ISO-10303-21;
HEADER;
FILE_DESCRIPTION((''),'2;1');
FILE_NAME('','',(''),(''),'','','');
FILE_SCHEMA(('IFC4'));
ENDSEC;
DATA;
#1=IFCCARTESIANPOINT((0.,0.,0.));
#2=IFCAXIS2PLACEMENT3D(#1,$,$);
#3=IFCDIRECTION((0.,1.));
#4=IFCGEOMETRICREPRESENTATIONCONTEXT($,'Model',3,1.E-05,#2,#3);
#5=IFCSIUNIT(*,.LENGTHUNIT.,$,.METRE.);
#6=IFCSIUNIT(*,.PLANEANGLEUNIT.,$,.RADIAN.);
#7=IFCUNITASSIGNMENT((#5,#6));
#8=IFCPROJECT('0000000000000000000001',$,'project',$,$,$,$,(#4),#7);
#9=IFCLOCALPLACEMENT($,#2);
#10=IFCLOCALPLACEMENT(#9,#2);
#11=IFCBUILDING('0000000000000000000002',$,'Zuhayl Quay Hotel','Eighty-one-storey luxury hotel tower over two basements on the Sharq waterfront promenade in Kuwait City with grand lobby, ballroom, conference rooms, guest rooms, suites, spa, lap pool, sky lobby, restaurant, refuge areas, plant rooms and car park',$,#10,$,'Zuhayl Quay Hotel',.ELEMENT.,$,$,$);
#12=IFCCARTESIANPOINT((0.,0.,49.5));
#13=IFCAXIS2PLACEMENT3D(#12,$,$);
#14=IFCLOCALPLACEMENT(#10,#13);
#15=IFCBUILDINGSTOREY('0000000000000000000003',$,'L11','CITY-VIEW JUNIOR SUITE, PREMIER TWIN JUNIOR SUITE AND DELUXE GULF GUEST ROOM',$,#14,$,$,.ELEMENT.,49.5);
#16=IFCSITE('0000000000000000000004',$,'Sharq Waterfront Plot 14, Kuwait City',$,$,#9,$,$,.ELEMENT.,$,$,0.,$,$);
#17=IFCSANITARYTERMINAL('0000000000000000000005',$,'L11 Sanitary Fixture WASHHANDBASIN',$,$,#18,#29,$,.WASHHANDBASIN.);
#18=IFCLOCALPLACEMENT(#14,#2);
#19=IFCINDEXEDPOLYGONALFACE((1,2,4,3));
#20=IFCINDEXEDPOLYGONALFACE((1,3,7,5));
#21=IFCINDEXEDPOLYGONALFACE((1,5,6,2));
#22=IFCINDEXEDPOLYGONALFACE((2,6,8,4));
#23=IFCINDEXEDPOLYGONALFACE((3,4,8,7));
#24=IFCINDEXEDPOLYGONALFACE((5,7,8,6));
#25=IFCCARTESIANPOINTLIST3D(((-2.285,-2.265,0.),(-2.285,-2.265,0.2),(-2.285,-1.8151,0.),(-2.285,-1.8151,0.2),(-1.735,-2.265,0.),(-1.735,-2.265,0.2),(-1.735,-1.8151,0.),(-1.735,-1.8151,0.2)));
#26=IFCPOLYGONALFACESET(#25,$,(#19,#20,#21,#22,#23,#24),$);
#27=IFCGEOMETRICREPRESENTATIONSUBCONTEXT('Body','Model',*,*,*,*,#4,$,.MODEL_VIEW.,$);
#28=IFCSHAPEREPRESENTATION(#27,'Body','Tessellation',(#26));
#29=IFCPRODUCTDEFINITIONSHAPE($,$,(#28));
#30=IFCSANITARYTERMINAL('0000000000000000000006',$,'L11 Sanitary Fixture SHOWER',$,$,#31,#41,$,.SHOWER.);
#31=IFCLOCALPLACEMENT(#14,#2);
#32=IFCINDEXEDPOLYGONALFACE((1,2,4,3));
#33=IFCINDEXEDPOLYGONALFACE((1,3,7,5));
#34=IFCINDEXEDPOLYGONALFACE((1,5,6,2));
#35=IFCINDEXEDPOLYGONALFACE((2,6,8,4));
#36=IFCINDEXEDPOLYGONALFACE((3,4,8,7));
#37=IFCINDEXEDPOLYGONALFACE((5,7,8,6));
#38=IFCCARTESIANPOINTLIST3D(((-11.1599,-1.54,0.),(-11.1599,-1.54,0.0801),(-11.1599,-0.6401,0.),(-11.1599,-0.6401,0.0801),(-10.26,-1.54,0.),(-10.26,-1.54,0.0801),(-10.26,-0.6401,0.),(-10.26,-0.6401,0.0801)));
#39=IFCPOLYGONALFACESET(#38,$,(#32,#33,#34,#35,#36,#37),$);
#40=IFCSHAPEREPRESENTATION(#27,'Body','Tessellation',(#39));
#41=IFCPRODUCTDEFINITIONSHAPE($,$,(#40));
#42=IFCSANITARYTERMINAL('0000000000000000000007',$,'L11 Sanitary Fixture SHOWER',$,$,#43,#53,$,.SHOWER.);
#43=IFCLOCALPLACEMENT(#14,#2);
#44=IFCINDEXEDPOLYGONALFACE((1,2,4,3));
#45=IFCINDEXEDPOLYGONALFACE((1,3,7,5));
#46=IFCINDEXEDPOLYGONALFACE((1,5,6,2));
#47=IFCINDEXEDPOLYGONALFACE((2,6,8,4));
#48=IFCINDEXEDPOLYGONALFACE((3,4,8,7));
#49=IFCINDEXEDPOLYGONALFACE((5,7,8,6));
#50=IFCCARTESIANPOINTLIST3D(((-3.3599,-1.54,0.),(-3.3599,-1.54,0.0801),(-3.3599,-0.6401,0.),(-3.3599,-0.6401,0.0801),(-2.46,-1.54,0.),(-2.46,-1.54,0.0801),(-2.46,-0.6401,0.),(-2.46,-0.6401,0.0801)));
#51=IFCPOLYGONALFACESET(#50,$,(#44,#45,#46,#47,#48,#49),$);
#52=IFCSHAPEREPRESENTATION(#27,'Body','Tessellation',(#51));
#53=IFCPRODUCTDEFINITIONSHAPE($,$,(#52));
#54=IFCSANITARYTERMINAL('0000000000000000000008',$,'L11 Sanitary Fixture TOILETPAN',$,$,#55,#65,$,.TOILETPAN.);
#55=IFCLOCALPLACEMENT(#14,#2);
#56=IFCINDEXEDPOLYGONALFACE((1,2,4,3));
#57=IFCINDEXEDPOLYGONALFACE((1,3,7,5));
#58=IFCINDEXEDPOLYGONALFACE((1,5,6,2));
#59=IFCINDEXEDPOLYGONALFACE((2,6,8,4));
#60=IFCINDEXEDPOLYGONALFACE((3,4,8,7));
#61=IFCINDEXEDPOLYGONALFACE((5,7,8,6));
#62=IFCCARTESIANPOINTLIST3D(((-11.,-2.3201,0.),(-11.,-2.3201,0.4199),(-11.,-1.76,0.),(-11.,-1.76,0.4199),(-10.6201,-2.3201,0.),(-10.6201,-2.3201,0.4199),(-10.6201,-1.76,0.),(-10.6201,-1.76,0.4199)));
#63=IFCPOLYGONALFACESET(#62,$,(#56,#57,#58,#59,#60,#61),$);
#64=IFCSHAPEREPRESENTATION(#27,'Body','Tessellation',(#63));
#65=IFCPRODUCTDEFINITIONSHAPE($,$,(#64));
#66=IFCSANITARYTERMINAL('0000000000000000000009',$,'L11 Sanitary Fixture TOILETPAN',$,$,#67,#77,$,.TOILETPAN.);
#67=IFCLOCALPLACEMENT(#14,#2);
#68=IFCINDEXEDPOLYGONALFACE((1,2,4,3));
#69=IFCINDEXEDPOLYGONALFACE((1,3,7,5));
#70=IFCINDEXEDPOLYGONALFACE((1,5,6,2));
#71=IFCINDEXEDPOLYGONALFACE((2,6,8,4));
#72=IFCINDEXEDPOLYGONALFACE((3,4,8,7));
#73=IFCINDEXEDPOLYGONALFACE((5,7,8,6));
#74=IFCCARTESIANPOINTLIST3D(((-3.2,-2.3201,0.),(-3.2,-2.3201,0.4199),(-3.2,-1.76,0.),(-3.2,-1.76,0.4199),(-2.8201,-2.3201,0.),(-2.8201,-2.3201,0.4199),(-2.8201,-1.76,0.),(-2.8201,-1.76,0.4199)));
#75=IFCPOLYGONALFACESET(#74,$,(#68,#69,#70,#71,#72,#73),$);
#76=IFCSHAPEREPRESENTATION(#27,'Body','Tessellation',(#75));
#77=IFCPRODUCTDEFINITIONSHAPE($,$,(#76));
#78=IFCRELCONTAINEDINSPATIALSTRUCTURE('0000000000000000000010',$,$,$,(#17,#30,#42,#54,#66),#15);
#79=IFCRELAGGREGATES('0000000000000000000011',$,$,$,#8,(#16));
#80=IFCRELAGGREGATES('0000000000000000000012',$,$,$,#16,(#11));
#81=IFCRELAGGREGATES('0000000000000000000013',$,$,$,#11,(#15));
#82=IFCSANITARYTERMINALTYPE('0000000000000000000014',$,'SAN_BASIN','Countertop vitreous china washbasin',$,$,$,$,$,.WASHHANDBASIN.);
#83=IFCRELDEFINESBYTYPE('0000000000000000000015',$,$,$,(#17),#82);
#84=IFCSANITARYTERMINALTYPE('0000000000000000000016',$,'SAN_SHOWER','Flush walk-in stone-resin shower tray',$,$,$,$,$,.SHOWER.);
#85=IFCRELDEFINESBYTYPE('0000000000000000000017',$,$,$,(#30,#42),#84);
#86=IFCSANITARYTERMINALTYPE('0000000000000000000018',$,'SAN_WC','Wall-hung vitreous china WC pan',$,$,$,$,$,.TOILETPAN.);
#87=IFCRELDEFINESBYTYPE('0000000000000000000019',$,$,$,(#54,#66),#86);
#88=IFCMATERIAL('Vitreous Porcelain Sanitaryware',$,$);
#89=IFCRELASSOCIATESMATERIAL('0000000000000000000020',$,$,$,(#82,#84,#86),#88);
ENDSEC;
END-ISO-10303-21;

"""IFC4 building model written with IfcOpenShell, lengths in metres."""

from ifc_helpers import new_model, si_unit, direction, frame, origin, origin_2d, place, context, subcontext, project, spatial, rectangle, extrude, material, type_object, element, save


model = new_model("IFC4")

# Units and contexts
model_context = context("Model", 3, precision=1e-05, world=origin(), true_north=direction((0.0, 1.0)))
body_context = subcontext(model_context, "Body", "Model", "MODEL_VIEW")
ifc_project = project(units=[si_unit("LENGTHUNIT", "METRE"), si_unit("PLANEANGLEUNIT", "RADIAN")], contexts=[model_context])

# Site, building, storey
site_placement = place(None, origin())
site = spatial("IfcSite", under=ifc_project, at=site_placement, Name="Sharq Waterfront Plot 14, Kuwait City", CompositionType="ELEMENT", RefElevation=0.0)
building_placement = place(site_placement, origin())
building = spatial("IfcBuilding", under=site, at=building_placement, Name="Zuhayl Quay Hotel", Description="Eighty-one-storey luxury hotel tower over two basements on the Sharq waterfront promenade in Kuwait City with grand lobby, ballroom, conference rooms, guest rooms, suites, spa, lap pool, sky lobby, restaurant, refuge areas, plant rooms and car park", LongName="Zuhayl Quay Hotel", CompositionType="ELEMENT")
storey_placement = place(building_placement, frame((0.0, 0.0, 49.5)))
storey = spatial("IfcBuildingStorey", under=building, at=storey_placement, Name="L11", Description="CITY-VIEW JUNIOR SUITE, PREMIER TWIN JUNIOR SUITE AND DELUXE GULF GUEST ROOM", CompositionType="ELEMENT", Elevation=49.5)

# Sanitary terminals
ifc_material_1 = material(Name="Vitreous Porcelain Sanitaryware")
sanitary_terminal_type_1 = type_object("IfcSanitaryTerminalType", Name="SAN_BASIN", Description="Countertop vitreous china washbasin", PredefinedType="WASHHANDBASIN", material=ifc_material_1)
for number, where, z_axis, x_axis, name in (
    (1, (-2.01, -2.04, 0.0), (0.0, 0.0, 1.0), (1.0, 0.0, 0.0), "L11 Sanitary Fixture WASHHANDBASIN"),
):
    element("IfcSanitaryTerminal", number, at=place(storey_placement, frame(where, z_axis=z_axis, x_axis=x_axis)), inside=storey, type_object=sanitary_terminal_type_1, Name=name, PredefinedType="WASHHANDBASIN", context=body_context, shape_type="SweptSolid", body=[
        extrude(rectangle(XDim=0.55, YDim=0.45, at=origin_2d()), origin(), (0.0, 0.0, 1.0), 0.2),
    ])
sanitary_terminal_type_2 = type_object("IfcSanitaryTerminalType", Name="SAN_SHOWER", Description="Flush walk-in stone-resin shower tray", PredefinedType="SHOWER", material=ifc_material_1)
for number, where, z_axis, x_axis, name in (
    (2, (-10.71, -1.0901, 0.0), (0.0, 0.0, 1.0), (1.0, 0.0, 0.0), "L11 Sanitary Fixture SHOWER"),
    (3, (-2.9099, -1.0901, 0.0), (0.0, 0.0, 1.0), (1.0, 0.0, 0.0), "L11 Sanitary Fixture SHOWER"),
):
    element("IfcSanitaryTerminal", number, at=place(storey_placement, frame(where, z_axis=z_axis, x_axis=x_axis)), inside=storey, type_object=sanitary_terminal_type_2, Name=name, PredefinedType="SHOWER", context=body_context, shape_type="SweptSolid", body=[
        extrude(rectangle(XDim=0.8999, YDim=0.8999, at=origin_2d()), origin(), (0.0, 0.0, 1.0), 0.0801),
    ])
sanitary_terminal_type_3 = type_object("IfcSanitaryTerminalType", Name="SAN_WC", Description="Wall-hung vitreous china WC pan", PredefinedType="TOILETPAN", material=ifc_material_1)
for number, where, z_axis, x_axis, name in (
    (4, (-10.8101, -2.04, 0.0), (0.0, 0.0, 1.0), (1.0, 0.0, 0.0), "L11 Sanitary Fixture TOILETPAN"),
    (5, (-3.01, -2.04, 0.0), (0.0, 0.0, 1.0), (1.0, 0.0, 0.0), "L11 Sanitary Fixture TOILETPAN"),
):
    element("IfcSanitaryTerminal", number, at=place(storey_placement, frame(where, z_axis=z_axis, x_axis=x_axis)), inside=storey, type_object=sanitary_terminal_type_3, Name=name, PredefinedType="TOILETPAN", context=body_context, shape_type="SweptSolid", body=[
        extrude(rectangle(XDim=0.3799, YDim=0.5601, at=origin_2d()), origin(), (0.0, 0.0, 1.0), 0.4199),
    ])

save(model, "model.ifc")
